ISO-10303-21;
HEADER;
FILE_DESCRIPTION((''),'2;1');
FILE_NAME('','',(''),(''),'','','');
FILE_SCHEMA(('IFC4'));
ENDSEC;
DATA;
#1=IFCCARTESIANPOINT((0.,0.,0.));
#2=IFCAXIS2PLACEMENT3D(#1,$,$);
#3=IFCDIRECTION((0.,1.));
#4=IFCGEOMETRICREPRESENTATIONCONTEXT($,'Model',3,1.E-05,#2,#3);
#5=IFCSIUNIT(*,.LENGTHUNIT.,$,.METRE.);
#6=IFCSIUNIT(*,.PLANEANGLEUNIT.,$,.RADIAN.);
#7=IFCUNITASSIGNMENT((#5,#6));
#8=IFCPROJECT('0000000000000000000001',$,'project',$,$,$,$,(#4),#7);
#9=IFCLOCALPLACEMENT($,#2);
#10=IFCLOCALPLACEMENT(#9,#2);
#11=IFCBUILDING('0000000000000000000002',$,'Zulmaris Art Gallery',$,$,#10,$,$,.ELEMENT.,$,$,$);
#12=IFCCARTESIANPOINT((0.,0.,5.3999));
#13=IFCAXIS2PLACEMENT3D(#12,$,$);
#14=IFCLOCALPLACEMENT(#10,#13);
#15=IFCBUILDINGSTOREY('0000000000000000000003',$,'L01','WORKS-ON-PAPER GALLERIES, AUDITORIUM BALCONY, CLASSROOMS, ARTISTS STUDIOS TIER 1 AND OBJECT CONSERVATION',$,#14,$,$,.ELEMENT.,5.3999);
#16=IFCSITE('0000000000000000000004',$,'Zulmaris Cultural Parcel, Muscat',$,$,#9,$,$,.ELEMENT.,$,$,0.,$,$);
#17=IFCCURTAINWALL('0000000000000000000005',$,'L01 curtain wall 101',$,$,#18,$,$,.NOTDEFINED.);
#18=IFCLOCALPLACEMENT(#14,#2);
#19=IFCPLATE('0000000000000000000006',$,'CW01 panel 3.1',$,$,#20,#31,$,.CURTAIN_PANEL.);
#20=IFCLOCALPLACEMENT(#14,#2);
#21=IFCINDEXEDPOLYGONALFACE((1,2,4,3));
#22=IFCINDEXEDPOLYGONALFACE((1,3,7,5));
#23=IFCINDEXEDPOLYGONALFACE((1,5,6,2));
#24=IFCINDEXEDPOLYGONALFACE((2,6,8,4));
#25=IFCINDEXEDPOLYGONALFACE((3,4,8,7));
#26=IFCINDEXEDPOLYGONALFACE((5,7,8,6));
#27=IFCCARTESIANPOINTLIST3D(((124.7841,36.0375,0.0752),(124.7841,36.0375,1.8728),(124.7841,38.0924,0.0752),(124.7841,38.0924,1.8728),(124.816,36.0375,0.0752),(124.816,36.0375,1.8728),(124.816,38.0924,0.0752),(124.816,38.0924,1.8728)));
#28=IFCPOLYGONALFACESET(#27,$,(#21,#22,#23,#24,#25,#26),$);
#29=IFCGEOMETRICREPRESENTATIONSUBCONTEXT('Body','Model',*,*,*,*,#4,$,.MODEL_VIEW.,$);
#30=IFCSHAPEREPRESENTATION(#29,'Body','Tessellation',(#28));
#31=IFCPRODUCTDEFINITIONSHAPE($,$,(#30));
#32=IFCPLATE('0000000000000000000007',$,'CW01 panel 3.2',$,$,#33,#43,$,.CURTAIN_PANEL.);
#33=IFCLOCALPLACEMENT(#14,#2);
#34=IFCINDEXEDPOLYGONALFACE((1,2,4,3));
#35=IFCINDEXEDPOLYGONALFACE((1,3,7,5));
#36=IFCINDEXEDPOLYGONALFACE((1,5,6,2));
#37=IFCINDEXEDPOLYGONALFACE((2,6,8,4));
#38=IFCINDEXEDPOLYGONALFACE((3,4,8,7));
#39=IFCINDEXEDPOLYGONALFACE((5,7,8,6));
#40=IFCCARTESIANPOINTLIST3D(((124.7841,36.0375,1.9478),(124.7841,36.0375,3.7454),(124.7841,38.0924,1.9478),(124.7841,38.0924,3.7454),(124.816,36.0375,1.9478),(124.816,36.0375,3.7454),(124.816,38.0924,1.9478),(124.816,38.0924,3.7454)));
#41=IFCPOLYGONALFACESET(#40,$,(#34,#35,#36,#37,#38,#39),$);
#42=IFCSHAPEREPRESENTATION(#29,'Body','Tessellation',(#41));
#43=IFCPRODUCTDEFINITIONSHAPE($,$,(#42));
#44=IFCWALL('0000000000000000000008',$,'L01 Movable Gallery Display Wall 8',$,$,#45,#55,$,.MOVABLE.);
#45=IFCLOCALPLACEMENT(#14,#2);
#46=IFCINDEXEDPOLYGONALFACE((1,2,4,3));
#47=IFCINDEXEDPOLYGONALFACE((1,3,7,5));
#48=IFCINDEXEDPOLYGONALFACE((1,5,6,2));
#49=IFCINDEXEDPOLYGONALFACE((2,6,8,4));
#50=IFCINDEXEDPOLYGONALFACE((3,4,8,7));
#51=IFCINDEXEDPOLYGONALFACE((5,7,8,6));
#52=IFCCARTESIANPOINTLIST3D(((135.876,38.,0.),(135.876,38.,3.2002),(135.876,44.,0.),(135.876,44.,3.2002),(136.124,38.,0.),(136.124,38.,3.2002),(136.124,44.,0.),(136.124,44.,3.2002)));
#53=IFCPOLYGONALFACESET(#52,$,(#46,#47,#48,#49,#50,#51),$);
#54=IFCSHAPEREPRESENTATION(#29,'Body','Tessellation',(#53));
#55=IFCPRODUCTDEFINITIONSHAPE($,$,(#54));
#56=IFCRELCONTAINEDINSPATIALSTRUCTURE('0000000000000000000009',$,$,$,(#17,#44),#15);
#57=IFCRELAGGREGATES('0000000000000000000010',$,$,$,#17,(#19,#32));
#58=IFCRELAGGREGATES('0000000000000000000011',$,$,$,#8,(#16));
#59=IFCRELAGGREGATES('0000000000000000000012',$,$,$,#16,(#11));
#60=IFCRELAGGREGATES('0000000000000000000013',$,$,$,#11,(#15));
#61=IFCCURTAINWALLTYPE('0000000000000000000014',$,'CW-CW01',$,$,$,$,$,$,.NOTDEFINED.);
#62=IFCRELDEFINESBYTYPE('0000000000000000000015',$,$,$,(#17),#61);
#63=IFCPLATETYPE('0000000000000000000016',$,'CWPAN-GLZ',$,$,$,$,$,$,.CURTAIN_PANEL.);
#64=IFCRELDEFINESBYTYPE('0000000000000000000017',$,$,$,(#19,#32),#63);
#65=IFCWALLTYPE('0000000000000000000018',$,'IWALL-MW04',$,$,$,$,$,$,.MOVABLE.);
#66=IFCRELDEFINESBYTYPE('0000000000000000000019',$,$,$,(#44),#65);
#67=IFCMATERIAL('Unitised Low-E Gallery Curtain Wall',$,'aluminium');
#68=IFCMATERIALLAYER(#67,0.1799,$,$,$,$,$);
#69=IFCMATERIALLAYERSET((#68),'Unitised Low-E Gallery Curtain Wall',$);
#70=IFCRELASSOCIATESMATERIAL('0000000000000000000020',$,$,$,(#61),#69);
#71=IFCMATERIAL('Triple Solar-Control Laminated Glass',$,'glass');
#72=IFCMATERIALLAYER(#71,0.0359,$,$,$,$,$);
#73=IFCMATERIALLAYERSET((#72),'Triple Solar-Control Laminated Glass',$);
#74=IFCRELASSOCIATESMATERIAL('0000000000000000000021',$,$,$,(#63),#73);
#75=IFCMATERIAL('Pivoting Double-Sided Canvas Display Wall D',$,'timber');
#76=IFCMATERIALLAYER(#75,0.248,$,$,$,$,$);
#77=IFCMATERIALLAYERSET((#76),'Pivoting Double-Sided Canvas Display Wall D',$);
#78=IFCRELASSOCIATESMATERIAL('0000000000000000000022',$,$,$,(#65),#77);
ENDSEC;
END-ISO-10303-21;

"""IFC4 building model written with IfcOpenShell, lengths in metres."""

from ifc_helpers import new_model, si_unit, direction, frame, frame_2d, origin, origin_2d, place, context, subcontext, project, spatial, rectangle, extrude, material, layer, layer_set, type_object, element, aggregate, save


model = new_model("IFC4")

# Units and contexts
model_context = context("Model", 3, precision=1e-05, world=origin(), true_north=direction((0.0, 1.0)))
body_context = subcontext(model_context, "Body", "Model", "MODEL_VIEW")
ifc_project = project(units=[si_unit("LENGTHUNIT", "METRE"), si_unit("PLANEANGLEUNIT", "RADIAN")], contexts=[model_context])

# Site, building, storey
site_placement = place(None, origin())
site = spatial("IfcSite", under=ifc_project, at=site_placement, Name="Zulmaris Cultural Parcel, Muscat", CompositionType="ELEMENT", RefElevation=0.0)
building_placement = place(site_placement, origin())
building = spatial("IfcBuilding", under=site, at=building_placement, Name="Zulmaris Art Gallery", CompositionType="ELEMENT")
storey_placement = place(building_placement, frame((0.0, 0.0, 5.3999)))
storey = spatial("IfcBuildingStorey", under=building, at=storey_placement, Name="L01", Description="WORKS-ON-PAPER GALLERIES, AUDITORIUM BALCONY, CLASSROOMS, ARTISTS STUDIOS TIER 1 AND OBJECT CONSERVATION", CompositionType="ELEMENT", Elevation=5.3999)

# Curtain wall, plates
ifc_material_1 = material(Name="Unitised Low-E Gallery Curtain Wall", Category="aluminium")
ifc_layer_1 = layer(ifc_material_1, 0.1799)
ifc_layer_set_1 = layer_set([ifc_layer_1], Name="Unitised Low-E Gallery Curtain Wall")
curtain_wall_type = type_object("IfcCurtainWallType", Name="CW-CW01", PredefinedType="NOTDEFINED", material=ifc_layer_set_1)
curtain_wall_placement = place(storey_placement, origin())
curtain_wall = element("IfcCurtainWall", 1, at=curtain_wall_placement, inside=storey, type_object=curtain_wall_type, Name="L01 curtain wall 101", PredefinedType="NOTDEFINED")
ifc_material_2 = material(Name="Triple Solar-Control Laminated Glass", Category="glass")
ifc_layer_2 = layer(ifc_material_2, 0.0359)
ifc_layer_set_2 = layer_set([ifc_layer_2], Name="Triple Solar-Control Laminated Glass")
plate_type = type_object("IfcPlateType", Name="CWPAN-GLZ", PredefinedType="CURTAIN_PANEL", material=ifc_layer_set_2)
plate_1_placement = place(storey_placement, frame((124.8, 37.0649, 0.0752), z_axis=(0.0, 0.0, 1.0), x_axis=(0.0, 1.0, 0.0)))
plate_1 = element("IfcPlate", 2, at=plate_1_placement, type_object=plate_type, Name="CW01 panel 3.1", PredefinedType="CURTAIN_PANEL", context=body_context, shape_type="SweptSolid", body=[
    extrude(rectangle(XDim=2.0549, YDim=0.032, at=origin_2d()), origin(), (0.0, 0.0, 1.0), 1.7976),
])
plate_2_placement = place(storey_placement, frame((124.8, 37.0649, 1.9478), z_axis=(0.0, 0.0, 1.0), x_axis=(0.0, 1.0, 0.0)))
plate_2 = element("IfcPlate", 3, at=plate_2_placement, type_object=plate_type, Name="CW01 panel 3.2", PredefinedType="CURTAIN_PANEL", context=body_context, shape_type="SweptSolid", body=[
    extrude(rectangle(XDim=2.0549, YDim=0.032, at=origin_2d()), origin(), (0.0, 0.0, 1.0), 1.7976),
])
aggregate(curtain_wall, [plate_1, plate_2])

# Wall
ifc_material_3 = material(Name="Pivoting Double-Sided Canvas Display Wall D", Category="timber")
ifc_layer_3 = layer(ifc_material_3, 0.248)
ifc_layer_set_3 = layer_set([ifc_layer_3], Name="Pivoting Double-Sided Canvas Display Wall D")
wall_type = type_object("IfcWallType", Name="IWALL-MW04", PredefinedType="MOVABLE", material=ifc_layer_set_3)
wall_placement = place(storey_placement, frame((136.0, 38.0, 0.0), z_axis=(0.0, 0.0, 1.0), x_axis=(0.0, 1.0, 0.0)))
element("IfcWall", 4, at=wall_placement, inside=storey, type_object=wall_type, Name="L01 Movable Gallery Display Wall 8", PredefinedType="MOVABLE", context=body_context, shape_type="SweptSolid", body=[
    extrude(rectangle(XDim=6.0, YDim=0.248, at=frame_2d((3.0, 0.0))), origin(), (0.0, 0.0, 1.0), 3.2002),
])

save(model, "model.ifc")
